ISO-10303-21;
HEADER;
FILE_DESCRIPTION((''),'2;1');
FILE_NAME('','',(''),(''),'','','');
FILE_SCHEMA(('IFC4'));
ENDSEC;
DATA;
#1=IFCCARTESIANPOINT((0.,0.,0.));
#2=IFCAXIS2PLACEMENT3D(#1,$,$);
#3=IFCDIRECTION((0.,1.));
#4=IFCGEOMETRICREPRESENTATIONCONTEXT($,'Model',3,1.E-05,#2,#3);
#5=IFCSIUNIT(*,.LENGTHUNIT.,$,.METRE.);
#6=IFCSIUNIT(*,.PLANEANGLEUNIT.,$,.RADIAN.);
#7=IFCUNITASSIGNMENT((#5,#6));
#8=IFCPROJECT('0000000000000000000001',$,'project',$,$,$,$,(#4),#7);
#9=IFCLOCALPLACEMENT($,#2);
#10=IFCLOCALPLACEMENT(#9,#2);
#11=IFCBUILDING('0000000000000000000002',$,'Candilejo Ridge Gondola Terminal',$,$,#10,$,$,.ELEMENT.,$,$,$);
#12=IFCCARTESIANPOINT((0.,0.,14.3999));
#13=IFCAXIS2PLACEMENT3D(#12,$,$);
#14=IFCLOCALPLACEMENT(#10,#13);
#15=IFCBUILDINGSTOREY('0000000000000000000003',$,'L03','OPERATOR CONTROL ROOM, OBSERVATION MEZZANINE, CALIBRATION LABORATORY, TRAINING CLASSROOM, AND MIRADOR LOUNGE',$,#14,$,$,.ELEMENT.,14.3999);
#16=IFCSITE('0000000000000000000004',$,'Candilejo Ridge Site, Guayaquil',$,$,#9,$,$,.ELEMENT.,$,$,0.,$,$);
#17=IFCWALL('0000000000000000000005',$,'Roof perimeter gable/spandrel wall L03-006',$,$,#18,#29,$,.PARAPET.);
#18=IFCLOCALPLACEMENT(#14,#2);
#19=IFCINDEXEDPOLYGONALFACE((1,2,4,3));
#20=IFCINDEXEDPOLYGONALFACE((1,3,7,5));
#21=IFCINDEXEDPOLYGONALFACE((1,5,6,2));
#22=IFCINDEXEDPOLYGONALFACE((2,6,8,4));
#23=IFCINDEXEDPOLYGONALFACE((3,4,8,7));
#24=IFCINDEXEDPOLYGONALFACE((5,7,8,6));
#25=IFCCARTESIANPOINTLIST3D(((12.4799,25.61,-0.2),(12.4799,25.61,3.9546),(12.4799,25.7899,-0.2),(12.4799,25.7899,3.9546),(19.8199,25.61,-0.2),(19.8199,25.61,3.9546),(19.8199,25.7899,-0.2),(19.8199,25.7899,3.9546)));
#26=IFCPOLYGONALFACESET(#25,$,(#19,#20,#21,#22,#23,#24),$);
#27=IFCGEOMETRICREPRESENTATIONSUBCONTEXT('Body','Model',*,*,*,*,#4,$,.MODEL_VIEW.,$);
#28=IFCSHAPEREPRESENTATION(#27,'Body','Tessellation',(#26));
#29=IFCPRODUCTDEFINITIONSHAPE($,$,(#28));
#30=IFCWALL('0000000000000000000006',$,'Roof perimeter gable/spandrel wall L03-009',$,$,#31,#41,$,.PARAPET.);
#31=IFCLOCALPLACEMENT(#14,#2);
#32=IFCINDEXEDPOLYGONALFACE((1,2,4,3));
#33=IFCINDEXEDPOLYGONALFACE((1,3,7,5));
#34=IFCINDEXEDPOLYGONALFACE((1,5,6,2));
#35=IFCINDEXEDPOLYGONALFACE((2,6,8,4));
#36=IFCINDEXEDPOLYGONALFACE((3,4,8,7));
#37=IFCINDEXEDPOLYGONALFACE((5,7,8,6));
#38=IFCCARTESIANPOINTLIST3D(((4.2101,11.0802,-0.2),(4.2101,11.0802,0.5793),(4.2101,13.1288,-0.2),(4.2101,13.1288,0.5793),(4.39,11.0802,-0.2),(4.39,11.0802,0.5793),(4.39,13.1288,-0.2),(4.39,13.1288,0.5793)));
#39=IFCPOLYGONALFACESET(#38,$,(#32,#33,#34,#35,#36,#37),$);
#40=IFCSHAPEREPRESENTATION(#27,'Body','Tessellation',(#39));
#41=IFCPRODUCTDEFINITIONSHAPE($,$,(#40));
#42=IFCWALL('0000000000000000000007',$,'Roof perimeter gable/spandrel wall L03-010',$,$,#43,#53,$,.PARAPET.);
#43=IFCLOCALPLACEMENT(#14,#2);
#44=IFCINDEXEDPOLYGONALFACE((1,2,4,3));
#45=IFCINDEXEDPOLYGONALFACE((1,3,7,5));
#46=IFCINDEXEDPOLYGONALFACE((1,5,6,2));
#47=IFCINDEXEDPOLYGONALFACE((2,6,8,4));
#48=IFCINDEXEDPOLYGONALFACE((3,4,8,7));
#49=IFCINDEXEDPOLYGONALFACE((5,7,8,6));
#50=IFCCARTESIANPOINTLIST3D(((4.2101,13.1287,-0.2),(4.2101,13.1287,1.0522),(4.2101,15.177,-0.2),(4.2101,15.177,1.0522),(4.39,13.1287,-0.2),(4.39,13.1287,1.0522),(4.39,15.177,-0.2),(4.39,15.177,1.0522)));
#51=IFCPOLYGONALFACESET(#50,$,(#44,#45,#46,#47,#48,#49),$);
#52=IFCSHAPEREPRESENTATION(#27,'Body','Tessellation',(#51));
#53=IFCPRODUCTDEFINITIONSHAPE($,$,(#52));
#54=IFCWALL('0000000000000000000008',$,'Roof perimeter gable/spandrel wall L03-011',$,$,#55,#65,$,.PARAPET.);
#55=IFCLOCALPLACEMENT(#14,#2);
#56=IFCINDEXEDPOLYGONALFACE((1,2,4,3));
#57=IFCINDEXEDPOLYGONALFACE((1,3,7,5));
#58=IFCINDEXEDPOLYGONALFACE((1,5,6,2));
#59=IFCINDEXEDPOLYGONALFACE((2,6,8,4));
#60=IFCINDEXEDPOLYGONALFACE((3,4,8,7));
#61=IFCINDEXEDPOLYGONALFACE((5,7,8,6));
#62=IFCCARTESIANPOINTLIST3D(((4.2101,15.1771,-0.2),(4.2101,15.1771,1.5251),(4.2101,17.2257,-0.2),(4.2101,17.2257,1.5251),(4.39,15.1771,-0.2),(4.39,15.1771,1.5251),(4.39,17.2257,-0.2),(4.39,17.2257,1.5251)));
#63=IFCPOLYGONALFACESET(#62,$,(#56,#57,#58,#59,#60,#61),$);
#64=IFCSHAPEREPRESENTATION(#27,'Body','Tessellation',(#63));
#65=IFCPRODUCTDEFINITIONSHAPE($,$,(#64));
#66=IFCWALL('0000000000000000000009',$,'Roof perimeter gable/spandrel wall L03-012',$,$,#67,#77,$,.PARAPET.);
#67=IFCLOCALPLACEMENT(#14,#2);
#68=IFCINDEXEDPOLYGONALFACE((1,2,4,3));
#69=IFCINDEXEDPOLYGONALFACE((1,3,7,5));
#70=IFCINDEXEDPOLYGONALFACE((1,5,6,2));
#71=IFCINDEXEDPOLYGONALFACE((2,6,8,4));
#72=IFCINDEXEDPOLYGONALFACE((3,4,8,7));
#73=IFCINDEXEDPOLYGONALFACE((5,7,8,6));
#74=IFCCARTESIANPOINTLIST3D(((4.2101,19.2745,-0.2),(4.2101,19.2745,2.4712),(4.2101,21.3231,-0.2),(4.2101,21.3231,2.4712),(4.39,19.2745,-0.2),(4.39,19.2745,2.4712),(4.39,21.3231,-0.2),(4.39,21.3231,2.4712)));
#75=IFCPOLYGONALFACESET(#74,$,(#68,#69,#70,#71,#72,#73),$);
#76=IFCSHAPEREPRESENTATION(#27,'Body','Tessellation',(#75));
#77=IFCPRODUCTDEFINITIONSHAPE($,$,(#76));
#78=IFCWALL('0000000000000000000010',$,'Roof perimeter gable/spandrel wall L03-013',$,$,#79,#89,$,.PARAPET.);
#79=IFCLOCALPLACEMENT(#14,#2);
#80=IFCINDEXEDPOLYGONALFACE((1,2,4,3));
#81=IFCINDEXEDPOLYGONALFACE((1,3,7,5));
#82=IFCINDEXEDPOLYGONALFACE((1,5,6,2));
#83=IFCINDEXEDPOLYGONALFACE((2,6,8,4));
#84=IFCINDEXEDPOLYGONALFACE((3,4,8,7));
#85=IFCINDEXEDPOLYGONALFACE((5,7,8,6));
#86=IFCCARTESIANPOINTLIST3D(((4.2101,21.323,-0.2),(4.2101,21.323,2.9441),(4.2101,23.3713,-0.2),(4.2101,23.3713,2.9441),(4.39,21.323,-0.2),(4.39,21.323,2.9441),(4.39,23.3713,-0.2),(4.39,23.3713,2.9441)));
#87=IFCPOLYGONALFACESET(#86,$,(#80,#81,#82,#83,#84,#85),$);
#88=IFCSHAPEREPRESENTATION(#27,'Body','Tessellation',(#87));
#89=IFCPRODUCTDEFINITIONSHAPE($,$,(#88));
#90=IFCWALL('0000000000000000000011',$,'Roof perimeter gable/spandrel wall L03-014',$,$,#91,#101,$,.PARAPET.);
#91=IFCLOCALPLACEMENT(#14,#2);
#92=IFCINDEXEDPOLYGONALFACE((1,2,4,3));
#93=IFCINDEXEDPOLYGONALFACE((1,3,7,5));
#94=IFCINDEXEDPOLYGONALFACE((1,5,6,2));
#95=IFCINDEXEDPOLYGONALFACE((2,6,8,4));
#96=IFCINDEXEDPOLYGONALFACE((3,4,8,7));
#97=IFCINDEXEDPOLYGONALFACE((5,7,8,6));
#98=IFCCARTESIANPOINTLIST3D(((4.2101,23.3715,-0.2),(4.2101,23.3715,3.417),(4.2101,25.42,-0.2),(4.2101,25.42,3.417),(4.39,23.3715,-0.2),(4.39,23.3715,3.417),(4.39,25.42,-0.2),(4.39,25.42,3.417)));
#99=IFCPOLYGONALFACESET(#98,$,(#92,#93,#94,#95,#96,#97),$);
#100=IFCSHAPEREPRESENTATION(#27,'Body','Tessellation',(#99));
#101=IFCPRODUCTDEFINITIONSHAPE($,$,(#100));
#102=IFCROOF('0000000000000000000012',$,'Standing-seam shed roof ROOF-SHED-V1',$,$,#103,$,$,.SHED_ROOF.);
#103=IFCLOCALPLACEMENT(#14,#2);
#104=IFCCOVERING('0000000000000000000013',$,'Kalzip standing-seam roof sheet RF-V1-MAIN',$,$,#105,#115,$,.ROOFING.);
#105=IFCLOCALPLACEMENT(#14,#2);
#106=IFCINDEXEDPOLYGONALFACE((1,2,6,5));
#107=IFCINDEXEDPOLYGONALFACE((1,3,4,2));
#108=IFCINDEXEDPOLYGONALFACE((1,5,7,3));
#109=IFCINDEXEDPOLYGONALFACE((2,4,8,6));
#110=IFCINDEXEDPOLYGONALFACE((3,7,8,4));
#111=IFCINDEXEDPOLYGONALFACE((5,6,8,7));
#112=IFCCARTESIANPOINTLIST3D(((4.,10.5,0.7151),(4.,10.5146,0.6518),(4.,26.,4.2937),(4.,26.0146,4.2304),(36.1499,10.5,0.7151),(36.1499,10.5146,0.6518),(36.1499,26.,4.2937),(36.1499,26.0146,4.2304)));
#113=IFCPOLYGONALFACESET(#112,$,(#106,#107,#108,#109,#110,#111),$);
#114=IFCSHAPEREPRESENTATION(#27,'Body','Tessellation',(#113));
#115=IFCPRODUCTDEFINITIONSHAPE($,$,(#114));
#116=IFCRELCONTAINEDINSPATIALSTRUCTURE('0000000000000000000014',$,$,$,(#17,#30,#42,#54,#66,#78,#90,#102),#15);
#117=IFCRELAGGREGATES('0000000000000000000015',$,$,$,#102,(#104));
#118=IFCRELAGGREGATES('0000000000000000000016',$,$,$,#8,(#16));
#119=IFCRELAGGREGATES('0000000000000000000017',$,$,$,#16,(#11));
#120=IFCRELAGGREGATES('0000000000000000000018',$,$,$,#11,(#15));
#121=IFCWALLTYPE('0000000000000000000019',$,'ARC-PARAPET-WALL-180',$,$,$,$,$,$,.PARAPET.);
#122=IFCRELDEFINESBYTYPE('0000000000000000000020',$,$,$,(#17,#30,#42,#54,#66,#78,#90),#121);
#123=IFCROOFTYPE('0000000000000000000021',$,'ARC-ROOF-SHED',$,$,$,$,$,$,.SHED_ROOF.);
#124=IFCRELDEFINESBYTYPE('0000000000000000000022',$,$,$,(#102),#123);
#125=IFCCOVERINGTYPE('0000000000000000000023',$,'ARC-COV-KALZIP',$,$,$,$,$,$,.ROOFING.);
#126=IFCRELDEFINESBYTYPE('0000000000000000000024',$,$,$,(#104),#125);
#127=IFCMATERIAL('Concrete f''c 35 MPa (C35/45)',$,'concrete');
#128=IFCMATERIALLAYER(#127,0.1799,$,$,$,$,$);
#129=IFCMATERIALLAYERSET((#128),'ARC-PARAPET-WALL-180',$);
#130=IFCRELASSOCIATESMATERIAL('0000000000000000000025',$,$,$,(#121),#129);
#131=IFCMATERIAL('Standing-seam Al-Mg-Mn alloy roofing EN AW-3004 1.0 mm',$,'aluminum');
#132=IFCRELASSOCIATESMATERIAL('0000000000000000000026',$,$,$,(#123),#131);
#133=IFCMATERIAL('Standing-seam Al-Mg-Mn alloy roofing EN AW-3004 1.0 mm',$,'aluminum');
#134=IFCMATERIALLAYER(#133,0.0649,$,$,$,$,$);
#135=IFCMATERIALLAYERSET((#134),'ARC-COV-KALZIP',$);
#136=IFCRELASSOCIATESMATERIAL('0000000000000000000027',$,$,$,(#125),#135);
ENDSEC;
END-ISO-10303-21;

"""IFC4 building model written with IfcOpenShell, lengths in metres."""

from ifc_helpers import new_model, si_unit, direction, frame, frame_2d, origin, place, context, subcontext, project, spatial, polyline, rectangle, outline, extrude, material, layer, layer_set, type_object, element, aggregate, save


model = new_model("IFC4")

# Units and contexts
model_context = context("Model", 3, precision=1e-05, world=origin(), true_north=direction((0.0, 1.0)))
body_context = subcontext(model_context, "Body", "Model", "MODEL_VIEW")
ifc_project = project(units=[si_unit("LENGTHUNIT", "METRE"), si_unit("PLANEANGLEUNIT", "RADIAN")], contexts=[model_context])

# Site, building, storey
site_placement = place(None, origin())
site = spatial("IfcSite", under=ifc_project, at=site_placement, Name="Candilejo Ridge Site, Guayaquil", CompositionType="ELEMENT", RefElevation=0.0)
building_placement = place(site_placement, origin())
building = spatial("IfcBuilding", under=site, at=building_placement, Name="Candilejo Ridge Gondola Terminal", CompositionType="ELEMENT")
storey_placement = place(building_placement, frame((0.0, 0.0, 14.3999)))
storey = spatial("IfcBuildingStorey", under=building, at=storey_placement, Name="L03", Description="OPERATOR CONTROL ROOM, OBSERVATION MEZZANINE, CALIBRATION LABORATORY, TRAINING CLASSROOM, AND MIRADOR LOUNGE", CompositionType="ELEMENT", Elevation=14.3999)

# Walls
ifc_material_1 = material(Name="Concrete f'c 35 MPa (C35/45)", Category="concrete")
ifc_layer_1 = layer(ifc_material_1, 0.1799)
ifc_layer_set_1 = layer_set([ifc_layer_1], Name="ARC-PARAPET-WALL-180")
wall_type = type_object("IfcWallType", Name="ARC-PARAPET-WALL-180", PredefinedType="PARAPET", material=ifc_layer_set_1)
wall_1_placement = place(storey_placement, frame((12.48, 25.7, -0.2), z_axis=(0.0, 0.0, 1.0), x_axis=(1.0, 0.0, 0.0)))
element("IfcWall", 1, at=wall_1_placement, inside=storey, type_object=wall_type, Name="Roof perimeter gable/spandrel wall L03-006", PredefinedType="PARAPET", context=body_context, shape_type="SweptSolid", body=[
    extrude(rectangle(XDim=7.3401, YDim=0.1799, at=frame_2d((3.6699, 0.0))), origin(), (0.0, 0.0, 1.0), 4.1545),
])
wall_2_placement = place(storey_placement, frame((4.3, 11.0801, -0.2), z_axis=(0.0, 0.0, 1.0), x_axis=(0.0, 1.0, 0.0)))
element("IfcWall", 2, at=wall_2_placement, inside=storey, type_object=wall_type, Name="Roof perimeter gable/spandrel wall L03-009", PredefinedType="PARAPET", context=body_context, shape_type="SweptSolid", body=[
    extrude(rectangle(XDim=2.0486, YDim=0.1799, at=frame_2d((1.0244, 0.0))), origin(), (0.0, 0.0, 1.0), 0.7793),
])
wall_3_placement = place(storey_placement, frame((4.3, 13.1287, -0.2), z_axis=(0.0, 0.0, 1.0), x_axis=(0.0, 1.0, 0.0)))
element("IfcWall", 3, at=wall_3_placement, inside=storey, type_object=wall_type, Name="Roof perimeter gable/spandrel wall L03-010", PredefinedType="PARAPET", context=body_context, shape_type="SweptSolid", body=[
    extrude(rectangle(XDim=2.0483, YDim=0.1799, at=frame_2d((1.0242, 0.0))), origin(), (0.0, 0.0, 1.0), 1.2522),
])
wall_4_placement = place(storey_placement, frame((4.3, 15.177, -0.2), z_axis=(0.0, 0.0, 1.0), x_axis=(0.0, 1.0, 0.0)))
element("IfcWall", 4, at=wall_4_placement, inside=storey, type_object=wall_type, Name="Roof perimeter gable/spandrel wall L03-011", PredefinedType="PARAPET", context=body_context, shape_type="SweptSolid", body=[
    extrude(rectangle(XDim=2.0486, YDim=0.1799, at=frame_2d((1.0244, 0.0))), origin(), (0.0, 0.0, 1.0), 1.7251),
])
wall_5_placement = place(storey_placement, frame((4.3, 19.2744, -0.2), z_axis=(0.0, 0.0, 1.0), x_axis=(0.0, 1.0, 0.0)))
element("IfcWall", 5, at=wall_5_placement, inside=storey, type_object=wall_type, Name="Roof perimeter gable/spandrel wall L03-012", PredefinedType="PARAPET", context=body_context, shape_type="SweptSolid", body=[
    extrude(rectangle(XDim=2.0486, YDim=0.1799, at=frame_2d((1.0244, 0.0))), origin(), (0.0, 0.0, 1.0), 2.6711),
])
wall_6_placement = place(storey_placement, frame((4.3, 21.323, -0.2), z_axis=(0.0, 0.0, 1.0), x_axis=(0.0, 1.0, 0.0)))
element("IfcWall", 6, at=wall_6_placement, inside=storey, type_object=wall_type, Name="Roof perimeter gable/spandrel wall L03-013", PredefinedType="PARAPET", context=body_context, shape_type="SweptSolid", body=[
    extrude(rectangle(XDim=2.0483, YDim=0.1799, at=frame_2d((1.0242, 0.0))), origin(), (0.0, 0.0, 1.0), 3.144),
])
wall_7_placement = place(storey_placement, frame((4.3, 23.3713, -0.2), z_axis=(0.0, 0.0, 1.0), x_axis=(0.0, 1.0, 0.0)))
element("IfcWall", 7, at=wall_7_placement, inside=storey, type_object=wall_type, Name="Roof perimeter gable/spandrel wall L03-014", PredefinedType="PARAPET", context=body_context, shape_type="SweptSolid", body=[
    extrude(rectangle(XDim=2.0486, YDim=0.1799, at=frame_2d((1.0244, 0.0))), origin(), (0.0, 0.0, 1.0), 3.6169),
])

# Roof, covering
ifc_material_2 = material(Name="Standing-seam Al-Mg-Mn alloy roofing EN AW-3004 1.0 mm", Category="aluminum")
roof_type = type_object("IfcRoofType", Name="ARC-ROOF-SHED", PredefinedType="SHED_ROOF", material=ifc_material_2)
roof_placement = place(storey_placement, origin())
roof = element("IfcRoof", 8, at=roof_placement, inside=storey, type_object=roof_type, Name="Standing-seam shed roof ROOF-SHED-V1", PredefinedType="SHED_ROOF")
ifc_material_3 = material(Name="Standing-seam Al-Mg-Mn alloy roofing EN AW-3004 1.0 mm", Category="aluminum")
ifc_layer_2 = layer(ifc_material_3, 0.0649)
ifc_layer_set_2 = layer_set([ifc_layer_2], Name="ARC-COV-KALZIP")
covering_type = type_object("IfcCoveringType", Name="ARC-COV-KALZIP", PredefinedType="ROOFING", material=ifc_layer_set_2)
covering_placement = place(storey_placement, frame((4.0, 10.5, 0.7151), z_axis=(0.0, -0.22496, 0.974368), x_axis=(1.0, 0.0, 0.0)))
covering = element("IfcCovering", 9, at=covering_placement, type_object=covering_type, Name="Kalzip standing-seam roof sheet RF-V1-MAIN", PredefinedType="ROOFING", context=body_context, shape_type="SweptSolid", body=[
    extrude(outline(polyline([(0.0, 0.0), (32.1499, 0.0), (32.1499, 15.9077), (0.0, 15.9077), (0.0, 0.0)])), origin(), (0.0, 0.0, -1.0), 0.0649),
])
aggregate(roof, [covering])

save(model, "model.ifc")
